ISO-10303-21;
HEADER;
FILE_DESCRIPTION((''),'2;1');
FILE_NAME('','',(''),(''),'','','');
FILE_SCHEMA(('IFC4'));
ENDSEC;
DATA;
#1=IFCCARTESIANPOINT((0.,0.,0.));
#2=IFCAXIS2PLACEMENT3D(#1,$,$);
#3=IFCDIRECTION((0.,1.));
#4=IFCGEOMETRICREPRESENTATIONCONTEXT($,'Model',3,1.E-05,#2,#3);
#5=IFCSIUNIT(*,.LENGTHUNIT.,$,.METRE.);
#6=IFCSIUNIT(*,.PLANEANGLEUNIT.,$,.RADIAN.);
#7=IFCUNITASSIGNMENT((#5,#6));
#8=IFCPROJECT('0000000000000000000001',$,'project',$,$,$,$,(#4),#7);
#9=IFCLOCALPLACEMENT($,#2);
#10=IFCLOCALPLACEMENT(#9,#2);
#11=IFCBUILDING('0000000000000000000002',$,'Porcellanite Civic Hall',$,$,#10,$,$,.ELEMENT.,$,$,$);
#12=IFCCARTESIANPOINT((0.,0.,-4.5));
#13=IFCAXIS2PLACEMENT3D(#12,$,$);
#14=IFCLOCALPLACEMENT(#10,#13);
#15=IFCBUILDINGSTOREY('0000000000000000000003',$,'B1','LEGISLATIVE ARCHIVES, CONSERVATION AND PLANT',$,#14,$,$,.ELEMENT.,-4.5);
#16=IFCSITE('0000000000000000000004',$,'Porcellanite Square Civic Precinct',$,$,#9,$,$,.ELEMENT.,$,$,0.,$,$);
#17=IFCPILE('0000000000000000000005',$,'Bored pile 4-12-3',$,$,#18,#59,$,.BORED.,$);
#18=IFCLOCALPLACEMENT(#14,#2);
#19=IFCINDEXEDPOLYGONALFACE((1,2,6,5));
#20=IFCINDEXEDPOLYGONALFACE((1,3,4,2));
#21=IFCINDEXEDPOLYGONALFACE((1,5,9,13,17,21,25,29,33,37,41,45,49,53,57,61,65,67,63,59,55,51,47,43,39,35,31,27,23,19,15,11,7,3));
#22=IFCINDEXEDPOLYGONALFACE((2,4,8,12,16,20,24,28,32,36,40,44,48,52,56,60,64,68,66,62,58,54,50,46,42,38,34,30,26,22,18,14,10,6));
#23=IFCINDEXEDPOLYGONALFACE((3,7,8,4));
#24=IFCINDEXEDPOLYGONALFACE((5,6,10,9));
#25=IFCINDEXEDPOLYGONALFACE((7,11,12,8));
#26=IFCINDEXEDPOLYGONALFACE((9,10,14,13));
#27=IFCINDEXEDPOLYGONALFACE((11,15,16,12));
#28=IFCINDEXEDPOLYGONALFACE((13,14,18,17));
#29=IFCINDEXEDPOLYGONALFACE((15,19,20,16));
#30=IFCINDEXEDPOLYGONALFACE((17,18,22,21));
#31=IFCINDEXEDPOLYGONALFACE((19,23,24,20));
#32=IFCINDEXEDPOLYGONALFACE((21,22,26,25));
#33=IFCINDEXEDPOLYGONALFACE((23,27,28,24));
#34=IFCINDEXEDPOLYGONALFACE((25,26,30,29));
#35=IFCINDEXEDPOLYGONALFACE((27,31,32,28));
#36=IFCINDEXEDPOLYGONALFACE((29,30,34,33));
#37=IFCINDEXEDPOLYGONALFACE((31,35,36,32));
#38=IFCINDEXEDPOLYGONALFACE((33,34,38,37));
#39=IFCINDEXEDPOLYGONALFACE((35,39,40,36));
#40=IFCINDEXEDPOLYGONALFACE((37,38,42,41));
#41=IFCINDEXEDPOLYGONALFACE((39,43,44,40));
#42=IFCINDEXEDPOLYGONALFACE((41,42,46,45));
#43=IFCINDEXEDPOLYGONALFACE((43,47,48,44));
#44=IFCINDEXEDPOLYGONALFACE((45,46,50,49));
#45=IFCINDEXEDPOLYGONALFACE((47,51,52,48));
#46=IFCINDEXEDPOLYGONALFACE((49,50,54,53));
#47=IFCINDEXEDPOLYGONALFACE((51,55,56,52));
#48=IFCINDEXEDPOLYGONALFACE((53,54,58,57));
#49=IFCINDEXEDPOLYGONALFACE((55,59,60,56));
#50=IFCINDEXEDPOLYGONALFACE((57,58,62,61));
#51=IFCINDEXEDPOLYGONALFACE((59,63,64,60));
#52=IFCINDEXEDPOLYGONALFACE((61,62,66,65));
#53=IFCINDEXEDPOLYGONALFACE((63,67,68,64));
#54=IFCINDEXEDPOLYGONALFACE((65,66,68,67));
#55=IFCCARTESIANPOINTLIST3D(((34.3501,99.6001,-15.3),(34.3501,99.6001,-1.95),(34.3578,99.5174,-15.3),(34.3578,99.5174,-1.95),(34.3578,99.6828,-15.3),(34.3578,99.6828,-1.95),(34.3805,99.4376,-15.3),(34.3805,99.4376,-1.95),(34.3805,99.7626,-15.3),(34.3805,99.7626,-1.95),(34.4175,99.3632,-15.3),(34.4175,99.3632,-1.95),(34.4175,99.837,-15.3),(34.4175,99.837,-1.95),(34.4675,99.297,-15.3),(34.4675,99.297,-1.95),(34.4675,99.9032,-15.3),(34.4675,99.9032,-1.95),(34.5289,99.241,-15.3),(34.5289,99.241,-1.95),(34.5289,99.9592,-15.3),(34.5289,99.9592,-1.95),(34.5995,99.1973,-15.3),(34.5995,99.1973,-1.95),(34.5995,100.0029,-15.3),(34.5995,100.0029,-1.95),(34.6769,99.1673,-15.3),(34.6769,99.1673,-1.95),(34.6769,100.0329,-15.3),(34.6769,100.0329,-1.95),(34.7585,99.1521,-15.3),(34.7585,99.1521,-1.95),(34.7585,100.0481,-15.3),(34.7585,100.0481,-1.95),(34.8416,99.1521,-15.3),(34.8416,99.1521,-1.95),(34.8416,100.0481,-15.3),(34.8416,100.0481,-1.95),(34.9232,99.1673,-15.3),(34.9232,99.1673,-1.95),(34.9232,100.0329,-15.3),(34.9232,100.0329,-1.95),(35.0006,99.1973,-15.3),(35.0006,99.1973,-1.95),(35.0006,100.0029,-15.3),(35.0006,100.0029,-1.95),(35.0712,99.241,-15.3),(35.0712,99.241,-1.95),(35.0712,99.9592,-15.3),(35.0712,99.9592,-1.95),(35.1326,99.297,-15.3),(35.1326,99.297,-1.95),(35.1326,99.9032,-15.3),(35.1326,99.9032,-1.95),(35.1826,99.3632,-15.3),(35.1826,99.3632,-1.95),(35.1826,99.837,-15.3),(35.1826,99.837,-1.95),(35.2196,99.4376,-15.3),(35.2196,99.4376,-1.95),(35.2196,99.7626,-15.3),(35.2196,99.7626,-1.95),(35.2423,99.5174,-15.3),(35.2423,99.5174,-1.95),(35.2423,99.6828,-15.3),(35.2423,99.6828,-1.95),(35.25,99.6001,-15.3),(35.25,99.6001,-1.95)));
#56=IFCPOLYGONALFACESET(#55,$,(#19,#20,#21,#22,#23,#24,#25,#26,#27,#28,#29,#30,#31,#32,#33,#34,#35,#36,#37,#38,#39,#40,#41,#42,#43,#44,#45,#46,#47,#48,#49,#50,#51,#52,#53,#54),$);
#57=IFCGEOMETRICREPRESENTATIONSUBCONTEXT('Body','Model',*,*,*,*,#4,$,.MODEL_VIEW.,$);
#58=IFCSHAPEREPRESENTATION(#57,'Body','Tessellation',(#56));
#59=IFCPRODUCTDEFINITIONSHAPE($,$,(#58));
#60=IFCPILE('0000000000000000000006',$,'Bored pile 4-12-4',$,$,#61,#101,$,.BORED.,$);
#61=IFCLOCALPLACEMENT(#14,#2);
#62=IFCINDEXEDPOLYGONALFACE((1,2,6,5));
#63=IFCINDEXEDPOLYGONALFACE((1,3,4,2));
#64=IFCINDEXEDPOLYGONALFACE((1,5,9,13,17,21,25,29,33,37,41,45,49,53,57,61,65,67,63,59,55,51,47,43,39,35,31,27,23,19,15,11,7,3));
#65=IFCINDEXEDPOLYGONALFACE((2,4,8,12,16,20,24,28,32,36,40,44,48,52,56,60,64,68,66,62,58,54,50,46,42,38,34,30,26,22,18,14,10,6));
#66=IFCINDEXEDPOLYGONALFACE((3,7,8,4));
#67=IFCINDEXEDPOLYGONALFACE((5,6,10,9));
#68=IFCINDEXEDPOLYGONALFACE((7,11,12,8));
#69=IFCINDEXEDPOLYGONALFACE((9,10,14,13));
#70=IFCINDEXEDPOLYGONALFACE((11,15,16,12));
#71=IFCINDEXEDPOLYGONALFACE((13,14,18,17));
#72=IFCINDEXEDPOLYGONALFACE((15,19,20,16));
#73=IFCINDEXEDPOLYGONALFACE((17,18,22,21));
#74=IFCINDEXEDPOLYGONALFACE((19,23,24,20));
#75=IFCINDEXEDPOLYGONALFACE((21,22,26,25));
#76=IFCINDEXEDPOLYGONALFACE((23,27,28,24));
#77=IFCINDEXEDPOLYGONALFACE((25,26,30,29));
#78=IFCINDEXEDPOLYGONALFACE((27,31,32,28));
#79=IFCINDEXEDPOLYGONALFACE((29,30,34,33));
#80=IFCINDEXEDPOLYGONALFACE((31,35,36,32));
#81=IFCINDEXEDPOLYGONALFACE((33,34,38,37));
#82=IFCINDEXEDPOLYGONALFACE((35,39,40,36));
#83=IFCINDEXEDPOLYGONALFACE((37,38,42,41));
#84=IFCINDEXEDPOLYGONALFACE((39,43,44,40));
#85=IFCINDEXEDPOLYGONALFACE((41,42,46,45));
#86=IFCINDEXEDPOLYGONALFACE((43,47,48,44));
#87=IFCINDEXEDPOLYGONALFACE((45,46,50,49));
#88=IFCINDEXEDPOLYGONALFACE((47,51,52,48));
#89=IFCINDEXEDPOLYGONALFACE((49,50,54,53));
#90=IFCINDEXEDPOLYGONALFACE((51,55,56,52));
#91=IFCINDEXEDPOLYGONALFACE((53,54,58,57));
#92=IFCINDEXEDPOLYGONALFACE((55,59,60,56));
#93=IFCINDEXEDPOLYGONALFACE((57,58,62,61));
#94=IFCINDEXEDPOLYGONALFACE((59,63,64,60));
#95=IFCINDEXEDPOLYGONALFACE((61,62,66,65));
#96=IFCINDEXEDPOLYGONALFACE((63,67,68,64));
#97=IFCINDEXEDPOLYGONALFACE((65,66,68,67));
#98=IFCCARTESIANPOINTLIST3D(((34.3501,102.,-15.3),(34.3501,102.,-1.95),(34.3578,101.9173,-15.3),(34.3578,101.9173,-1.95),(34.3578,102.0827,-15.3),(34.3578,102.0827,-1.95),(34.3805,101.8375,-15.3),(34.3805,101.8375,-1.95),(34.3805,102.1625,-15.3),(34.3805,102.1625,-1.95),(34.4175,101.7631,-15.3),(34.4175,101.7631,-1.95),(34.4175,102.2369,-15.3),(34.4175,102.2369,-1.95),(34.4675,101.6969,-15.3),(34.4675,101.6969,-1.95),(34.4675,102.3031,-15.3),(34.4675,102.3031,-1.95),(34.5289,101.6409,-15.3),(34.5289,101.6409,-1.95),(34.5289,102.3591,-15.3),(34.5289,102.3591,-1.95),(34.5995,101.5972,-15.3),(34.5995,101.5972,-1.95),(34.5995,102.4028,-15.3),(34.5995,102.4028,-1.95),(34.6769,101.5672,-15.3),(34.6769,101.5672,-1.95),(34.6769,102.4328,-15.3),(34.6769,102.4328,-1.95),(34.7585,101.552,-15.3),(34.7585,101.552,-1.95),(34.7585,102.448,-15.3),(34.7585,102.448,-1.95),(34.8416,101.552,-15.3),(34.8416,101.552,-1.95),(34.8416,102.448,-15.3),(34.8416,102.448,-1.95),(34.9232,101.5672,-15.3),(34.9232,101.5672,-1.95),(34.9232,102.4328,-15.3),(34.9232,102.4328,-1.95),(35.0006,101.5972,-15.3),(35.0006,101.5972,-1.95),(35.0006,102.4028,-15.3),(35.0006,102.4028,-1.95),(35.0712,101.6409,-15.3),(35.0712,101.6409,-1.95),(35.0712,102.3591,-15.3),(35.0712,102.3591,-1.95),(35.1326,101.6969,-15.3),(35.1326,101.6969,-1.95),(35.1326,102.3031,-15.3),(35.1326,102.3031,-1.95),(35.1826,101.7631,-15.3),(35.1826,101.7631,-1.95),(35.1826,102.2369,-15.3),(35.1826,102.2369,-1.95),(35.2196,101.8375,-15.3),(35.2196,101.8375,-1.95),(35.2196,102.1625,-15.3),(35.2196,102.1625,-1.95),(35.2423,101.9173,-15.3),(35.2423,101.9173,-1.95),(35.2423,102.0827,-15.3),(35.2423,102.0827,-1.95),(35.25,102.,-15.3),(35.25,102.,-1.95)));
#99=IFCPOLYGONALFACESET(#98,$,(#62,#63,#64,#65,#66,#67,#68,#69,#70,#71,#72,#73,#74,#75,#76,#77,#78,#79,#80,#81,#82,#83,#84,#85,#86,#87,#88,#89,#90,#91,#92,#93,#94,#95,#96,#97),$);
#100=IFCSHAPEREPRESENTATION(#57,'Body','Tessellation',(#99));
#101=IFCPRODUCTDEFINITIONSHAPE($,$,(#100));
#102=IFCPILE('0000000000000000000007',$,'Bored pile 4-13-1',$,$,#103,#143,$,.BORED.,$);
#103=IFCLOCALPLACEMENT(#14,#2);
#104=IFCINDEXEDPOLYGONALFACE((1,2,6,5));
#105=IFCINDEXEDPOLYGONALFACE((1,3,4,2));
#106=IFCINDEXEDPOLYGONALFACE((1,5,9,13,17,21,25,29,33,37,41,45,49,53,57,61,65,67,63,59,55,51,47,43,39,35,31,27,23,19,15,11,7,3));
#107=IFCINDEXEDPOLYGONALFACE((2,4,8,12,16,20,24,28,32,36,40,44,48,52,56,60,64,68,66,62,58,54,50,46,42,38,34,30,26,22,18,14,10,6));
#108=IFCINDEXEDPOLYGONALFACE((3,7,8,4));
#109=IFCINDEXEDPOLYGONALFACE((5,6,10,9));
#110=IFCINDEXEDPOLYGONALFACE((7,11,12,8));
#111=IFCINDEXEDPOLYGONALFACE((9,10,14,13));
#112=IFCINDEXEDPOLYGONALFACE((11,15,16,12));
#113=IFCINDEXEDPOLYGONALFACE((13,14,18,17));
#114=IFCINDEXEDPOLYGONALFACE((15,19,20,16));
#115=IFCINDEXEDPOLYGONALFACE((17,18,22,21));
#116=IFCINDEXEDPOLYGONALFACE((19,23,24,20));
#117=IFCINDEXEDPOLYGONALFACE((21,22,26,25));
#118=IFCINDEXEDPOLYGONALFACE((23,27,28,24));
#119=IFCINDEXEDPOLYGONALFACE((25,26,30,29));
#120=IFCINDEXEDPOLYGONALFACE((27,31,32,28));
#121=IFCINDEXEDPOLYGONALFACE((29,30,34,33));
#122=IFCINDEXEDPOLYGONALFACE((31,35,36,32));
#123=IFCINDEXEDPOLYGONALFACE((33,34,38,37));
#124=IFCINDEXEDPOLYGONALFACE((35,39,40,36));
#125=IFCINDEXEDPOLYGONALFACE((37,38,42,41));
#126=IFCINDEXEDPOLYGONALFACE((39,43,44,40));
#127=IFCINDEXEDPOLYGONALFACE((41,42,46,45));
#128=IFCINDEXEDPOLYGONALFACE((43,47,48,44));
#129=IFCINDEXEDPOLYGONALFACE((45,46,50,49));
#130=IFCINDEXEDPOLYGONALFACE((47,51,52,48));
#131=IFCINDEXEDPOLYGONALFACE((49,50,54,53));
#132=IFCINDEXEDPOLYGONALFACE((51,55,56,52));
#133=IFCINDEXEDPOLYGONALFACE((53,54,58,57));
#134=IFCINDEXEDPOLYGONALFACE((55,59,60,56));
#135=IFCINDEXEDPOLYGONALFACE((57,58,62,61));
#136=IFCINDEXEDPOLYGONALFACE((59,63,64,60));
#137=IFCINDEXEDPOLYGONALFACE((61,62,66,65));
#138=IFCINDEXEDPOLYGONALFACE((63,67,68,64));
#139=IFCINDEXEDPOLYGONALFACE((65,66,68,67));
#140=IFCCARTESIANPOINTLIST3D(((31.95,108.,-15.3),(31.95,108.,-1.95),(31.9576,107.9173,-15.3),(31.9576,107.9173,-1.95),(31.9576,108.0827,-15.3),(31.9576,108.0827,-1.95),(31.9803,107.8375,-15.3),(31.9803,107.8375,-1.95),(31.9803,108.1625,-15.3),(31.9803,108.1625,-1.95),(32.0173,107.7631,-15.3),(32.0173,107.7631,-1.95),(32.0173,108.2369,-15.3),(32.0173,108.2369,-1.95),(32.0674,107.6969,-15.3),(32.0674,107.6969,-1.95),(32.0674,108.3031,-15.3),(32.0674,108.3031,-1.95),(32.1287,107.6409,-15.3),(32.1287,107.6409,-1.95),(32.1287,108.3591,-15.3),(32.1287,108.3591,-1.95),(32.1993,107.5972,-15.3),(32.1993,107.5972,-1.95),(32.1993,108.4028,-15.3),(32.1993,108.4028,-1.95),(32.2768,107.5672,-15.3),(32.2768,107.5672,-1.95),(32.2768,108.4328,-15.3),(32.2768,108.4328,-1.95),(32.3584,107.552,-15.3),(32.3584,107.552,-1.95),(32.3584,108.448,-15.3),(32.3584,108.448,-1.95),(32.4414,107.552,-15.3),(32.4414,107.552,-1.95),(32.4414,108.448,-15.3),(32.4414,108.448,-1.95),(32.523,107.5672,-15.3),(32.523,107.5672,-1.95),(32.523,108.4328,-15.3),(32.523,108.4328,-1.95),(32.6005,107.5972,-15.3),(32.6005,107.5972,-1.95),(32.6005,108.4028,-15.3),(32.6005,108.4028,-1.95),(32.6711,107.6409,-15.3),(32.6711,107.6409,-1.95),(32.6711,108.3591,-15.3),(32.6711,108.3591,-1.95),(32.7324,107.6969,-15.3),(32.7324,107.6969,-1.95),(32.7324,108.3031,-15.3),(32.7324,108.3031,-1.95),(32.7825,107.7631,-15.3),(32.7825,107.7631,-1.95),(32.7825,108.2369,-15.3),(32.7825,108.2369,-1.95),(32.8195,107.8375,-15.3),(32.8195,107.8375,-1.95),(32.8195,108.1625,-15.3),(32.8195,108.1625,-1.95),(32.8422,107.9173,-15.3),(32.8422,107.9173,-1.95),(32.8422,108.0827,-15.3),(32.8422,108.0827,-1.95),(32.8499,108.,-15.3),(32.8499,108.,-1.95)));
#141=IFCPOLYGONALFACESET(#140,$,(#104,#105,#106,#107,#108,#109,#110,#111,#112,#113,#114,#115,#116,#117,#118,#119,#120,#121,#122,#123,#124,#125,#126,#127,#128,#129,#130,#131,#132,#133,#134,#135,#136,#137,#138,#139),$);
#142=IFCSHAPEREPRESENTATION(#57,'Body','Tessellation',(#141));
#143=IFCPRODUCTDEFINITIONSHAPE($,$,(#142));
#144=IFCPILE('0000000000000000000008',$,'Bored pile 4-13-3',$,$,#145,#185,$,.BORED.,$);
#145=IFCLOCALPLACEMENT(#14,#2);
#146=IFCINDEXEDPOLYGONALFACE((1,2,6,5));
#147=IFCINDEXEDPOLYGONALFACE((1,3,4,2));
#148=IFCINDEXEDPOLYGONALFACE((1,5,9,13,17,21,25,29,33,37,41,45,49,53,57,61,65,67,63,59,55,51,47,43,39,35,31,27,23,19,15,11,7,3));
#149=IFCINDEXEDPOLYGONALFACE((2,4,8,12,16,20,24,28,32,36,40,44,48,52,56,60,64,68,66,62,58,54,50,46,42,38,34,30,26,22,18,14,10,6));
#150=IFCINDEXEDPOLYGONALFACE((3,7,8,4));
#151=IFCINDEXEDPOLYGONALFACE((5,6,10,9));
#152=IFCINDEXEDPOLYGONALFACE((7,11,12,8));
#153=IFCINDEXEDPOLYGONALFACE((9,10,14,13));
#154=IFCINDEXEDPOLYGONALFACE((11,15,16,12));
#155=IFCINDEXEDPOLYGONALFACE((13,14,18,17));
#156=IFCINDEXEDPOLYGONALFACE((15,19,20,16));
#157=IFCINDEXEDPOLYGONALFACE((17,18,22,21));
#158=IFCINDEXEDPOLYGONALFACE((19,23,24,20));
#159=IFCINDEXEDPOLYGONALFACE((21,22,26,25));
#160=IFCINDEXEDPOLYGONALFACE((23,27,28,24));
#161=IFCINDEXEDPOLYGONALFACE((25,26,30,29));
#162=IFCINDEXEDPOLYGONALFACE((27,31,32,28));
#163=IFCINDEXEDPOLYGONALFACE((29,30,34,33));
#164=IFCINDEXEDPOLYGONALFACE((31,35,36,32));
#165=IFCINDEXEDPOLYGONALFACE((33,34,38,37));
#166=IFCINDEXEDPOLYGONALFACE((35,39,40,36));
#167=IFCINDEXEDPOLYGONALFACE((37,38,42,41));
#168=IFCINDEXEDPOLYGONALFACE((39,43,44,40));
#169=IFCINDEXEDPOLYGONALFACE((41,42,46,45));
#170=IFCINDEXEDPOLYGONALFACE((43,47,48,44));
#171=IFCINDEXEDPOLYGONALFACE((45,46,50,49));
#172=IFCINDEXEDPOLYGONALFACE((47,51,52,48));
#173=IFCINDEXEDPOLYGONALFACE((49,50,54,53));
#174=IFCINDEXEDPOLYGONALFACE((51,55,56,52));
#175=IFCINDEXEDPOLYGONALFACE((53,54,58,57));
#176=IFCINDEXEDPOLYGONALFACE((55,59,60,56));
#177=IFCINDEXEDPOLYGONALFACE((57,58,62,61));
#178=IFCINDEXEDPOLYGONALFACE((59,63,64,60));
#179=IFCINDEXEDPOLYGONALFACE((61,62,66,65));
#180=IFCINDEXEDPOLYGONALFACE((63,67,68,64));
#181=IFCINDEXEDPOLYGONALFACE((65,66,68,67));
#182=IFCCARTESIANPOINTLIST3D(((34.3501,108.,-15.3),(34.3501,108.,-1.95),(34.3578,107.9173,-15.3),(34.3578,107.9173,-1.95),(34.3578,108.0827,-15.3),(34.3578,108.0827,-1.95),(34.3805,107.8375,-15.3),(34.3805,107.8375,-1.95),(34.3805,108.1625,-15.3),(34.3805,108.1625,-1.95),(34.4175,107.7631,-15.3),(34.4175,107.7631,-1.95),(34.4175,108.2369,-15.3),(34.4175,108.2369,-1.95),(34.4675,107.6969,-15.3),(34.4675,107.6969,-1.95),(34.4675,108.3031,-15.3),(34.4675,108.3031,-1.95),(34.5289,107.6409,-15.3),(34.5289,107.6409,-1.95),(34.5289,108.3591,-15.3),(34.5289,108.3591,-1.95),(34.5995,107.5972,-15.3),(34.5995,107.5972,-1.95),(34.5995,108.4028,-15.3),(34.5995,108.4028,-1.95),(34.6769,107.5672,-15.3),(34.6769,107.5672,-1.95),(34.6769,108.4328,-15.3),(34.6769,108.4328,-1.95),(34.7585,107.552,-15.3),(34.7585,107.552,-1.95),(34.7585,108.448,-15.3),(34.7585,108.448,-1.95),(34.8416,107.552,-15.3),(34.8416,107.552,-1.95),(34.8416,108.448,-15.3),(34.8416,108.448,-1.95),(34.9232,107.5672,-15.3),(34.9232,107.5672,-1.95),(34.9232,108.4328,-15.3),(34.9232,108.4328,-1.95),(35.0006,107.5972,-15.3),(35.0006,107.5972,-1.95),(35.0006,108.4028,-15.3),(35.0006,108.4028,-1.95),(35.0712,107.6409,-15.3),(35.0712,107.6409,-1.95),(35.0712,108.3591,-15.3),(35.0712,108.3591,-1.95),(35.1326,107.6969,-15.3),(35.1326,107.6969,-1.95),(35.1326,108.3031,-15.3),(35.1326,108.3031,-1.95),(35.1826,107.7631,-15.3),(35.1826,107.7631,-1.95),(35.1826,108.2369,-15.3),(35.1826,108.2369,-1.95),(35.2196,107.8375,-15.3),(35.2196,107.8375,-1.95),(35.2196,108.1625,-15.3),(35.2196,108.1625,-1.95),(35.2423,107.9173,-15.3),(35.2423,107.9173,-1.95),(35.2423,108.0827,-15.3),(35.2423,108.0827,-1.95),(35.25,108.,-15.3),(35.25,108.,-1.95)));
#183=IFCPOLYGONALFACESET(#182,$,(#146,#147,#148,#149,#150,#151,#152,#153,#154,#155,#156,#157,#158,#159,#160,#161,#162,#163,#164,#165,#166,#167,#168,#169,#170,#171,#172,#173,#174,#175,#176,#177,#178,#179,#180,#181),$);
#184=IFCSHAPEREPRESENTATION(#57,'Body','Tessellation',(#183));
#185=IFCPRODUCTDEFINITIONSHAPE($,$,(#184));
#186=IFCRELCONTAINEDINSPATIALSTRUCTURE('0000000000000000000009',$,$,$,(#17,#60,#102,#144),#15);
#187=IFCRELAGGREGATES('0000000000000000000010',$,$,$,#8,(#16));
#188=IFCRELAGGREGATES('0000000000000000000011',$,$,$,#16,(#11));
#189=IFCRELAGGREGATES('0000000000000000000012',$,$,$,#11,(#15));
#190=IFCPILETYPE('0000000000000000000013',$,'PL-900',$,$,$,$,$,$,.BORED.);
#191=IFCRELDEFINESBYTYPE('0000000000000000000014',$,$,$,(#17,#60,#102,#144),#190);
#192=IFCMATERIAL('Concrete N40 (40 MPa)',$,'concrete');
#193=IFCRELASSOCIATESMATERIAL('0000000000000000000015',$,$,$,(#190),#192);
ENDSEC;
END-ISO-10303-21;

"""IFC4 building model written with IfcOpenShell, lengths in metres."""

from ifc_helpers import new_model, si_unit, direction, frame, origin, origin_2d, place, context, subcontext, project, spatial, circle, extrude, material, material_profile, profile_set, type_object, element, save


model = new_model("IFC4")

# Units and contexts
model_context = context("Model", 3, precision=1e-05, world=origin(), true_north=direction((0.0, 1.0)))
body_context = subcontext(model_context, "Body", "Model", "MODEL_VIEW")
ifc_project = project(units=[si_unit("LENGTHUNIT", "METRE"), si_unit("PLANEANGLEUNIT", "RADIAN")], contexts=[model_context])

# Site, building, storey
site_placement = place(None, origin())
site = spatial("IfcSite", under=ifc_project, at=site_placement, Name="Porcellanite Square Civic Precinct", CompositionType="ELEMENT", RefElevation=0.0)
building_placement = place(site_placement, origin())
building = spatial("IfcBuilding", under=site, at=building_placement, Name="Porcellanite Civic Hall", CompositionType="ELEMENT")
storey_placement = place(building_placement, frame((0.0, 0.0, -4.5)))
storey = spatial("IfcBuildingStorey", under=building, at=storey_placement, Name="B1", Description="LEGISLATIVE ARCHIVES, CONSERVATION AND PLANT", CompositionType="ELEMENT", Elevation=-4.5)

# Piles
ifc_material_1 = material(Name="Concrete N40 (40 MPa)", Category="concrete")
ifc_material_profile_1 = material_profile(ifc_material_1, circle(Radius=0.45, at=origin_2d()), Name="PILE-D900")
ifc_profile_set_1 = profile_set([ifc_material_profile_1], Name="Concrete N40 (40 MPa)")
pile_type_1 = type_object("IfcPileType", Name="PL-900", PredefinedType="BORED", material=ifc_profile_set_1)
for number, where, z_axis, x_axis, name in (
    (1, (34.8, 99.6001, -1.95), (0.0, 0.0, -1.0), (1.0, 0.0, 0.0), "Bored pile 4-12-3"),
    (2, (34.8, 102.0, -1.95), (0.0, 0.0, -1.0), (1.0, 0.0, 0.0), "Bored pile 4-12-4"),
    (3, (32.3999, 108.0, -1.95), (0.0, 0.0, -1.0), (1.0, 0.0, 0.0), "Bored pile 4-13-1"),
    (4, (34.8, 108.0, -1.95), (0.0, 0.0, -1.0), (1.0, 0.0, 0.0), "Bored pile 4-13-3"),
):
    element("IfcPile", number, at=place(storey_placement, frame(where, z_axis=z_axis, x_axis=x_axis)), inside=storey, type_object=pile_type_1, Name=name, PredefinedType="BORED", context=body_context, shape_type="SweptSolid", body=[
        extrude(circle(Radius=0.45, at=origin_2d()), origin(), (0.0, 0.0, 1.0), 13.3501),
    ])

save(model, "model.ifc")
